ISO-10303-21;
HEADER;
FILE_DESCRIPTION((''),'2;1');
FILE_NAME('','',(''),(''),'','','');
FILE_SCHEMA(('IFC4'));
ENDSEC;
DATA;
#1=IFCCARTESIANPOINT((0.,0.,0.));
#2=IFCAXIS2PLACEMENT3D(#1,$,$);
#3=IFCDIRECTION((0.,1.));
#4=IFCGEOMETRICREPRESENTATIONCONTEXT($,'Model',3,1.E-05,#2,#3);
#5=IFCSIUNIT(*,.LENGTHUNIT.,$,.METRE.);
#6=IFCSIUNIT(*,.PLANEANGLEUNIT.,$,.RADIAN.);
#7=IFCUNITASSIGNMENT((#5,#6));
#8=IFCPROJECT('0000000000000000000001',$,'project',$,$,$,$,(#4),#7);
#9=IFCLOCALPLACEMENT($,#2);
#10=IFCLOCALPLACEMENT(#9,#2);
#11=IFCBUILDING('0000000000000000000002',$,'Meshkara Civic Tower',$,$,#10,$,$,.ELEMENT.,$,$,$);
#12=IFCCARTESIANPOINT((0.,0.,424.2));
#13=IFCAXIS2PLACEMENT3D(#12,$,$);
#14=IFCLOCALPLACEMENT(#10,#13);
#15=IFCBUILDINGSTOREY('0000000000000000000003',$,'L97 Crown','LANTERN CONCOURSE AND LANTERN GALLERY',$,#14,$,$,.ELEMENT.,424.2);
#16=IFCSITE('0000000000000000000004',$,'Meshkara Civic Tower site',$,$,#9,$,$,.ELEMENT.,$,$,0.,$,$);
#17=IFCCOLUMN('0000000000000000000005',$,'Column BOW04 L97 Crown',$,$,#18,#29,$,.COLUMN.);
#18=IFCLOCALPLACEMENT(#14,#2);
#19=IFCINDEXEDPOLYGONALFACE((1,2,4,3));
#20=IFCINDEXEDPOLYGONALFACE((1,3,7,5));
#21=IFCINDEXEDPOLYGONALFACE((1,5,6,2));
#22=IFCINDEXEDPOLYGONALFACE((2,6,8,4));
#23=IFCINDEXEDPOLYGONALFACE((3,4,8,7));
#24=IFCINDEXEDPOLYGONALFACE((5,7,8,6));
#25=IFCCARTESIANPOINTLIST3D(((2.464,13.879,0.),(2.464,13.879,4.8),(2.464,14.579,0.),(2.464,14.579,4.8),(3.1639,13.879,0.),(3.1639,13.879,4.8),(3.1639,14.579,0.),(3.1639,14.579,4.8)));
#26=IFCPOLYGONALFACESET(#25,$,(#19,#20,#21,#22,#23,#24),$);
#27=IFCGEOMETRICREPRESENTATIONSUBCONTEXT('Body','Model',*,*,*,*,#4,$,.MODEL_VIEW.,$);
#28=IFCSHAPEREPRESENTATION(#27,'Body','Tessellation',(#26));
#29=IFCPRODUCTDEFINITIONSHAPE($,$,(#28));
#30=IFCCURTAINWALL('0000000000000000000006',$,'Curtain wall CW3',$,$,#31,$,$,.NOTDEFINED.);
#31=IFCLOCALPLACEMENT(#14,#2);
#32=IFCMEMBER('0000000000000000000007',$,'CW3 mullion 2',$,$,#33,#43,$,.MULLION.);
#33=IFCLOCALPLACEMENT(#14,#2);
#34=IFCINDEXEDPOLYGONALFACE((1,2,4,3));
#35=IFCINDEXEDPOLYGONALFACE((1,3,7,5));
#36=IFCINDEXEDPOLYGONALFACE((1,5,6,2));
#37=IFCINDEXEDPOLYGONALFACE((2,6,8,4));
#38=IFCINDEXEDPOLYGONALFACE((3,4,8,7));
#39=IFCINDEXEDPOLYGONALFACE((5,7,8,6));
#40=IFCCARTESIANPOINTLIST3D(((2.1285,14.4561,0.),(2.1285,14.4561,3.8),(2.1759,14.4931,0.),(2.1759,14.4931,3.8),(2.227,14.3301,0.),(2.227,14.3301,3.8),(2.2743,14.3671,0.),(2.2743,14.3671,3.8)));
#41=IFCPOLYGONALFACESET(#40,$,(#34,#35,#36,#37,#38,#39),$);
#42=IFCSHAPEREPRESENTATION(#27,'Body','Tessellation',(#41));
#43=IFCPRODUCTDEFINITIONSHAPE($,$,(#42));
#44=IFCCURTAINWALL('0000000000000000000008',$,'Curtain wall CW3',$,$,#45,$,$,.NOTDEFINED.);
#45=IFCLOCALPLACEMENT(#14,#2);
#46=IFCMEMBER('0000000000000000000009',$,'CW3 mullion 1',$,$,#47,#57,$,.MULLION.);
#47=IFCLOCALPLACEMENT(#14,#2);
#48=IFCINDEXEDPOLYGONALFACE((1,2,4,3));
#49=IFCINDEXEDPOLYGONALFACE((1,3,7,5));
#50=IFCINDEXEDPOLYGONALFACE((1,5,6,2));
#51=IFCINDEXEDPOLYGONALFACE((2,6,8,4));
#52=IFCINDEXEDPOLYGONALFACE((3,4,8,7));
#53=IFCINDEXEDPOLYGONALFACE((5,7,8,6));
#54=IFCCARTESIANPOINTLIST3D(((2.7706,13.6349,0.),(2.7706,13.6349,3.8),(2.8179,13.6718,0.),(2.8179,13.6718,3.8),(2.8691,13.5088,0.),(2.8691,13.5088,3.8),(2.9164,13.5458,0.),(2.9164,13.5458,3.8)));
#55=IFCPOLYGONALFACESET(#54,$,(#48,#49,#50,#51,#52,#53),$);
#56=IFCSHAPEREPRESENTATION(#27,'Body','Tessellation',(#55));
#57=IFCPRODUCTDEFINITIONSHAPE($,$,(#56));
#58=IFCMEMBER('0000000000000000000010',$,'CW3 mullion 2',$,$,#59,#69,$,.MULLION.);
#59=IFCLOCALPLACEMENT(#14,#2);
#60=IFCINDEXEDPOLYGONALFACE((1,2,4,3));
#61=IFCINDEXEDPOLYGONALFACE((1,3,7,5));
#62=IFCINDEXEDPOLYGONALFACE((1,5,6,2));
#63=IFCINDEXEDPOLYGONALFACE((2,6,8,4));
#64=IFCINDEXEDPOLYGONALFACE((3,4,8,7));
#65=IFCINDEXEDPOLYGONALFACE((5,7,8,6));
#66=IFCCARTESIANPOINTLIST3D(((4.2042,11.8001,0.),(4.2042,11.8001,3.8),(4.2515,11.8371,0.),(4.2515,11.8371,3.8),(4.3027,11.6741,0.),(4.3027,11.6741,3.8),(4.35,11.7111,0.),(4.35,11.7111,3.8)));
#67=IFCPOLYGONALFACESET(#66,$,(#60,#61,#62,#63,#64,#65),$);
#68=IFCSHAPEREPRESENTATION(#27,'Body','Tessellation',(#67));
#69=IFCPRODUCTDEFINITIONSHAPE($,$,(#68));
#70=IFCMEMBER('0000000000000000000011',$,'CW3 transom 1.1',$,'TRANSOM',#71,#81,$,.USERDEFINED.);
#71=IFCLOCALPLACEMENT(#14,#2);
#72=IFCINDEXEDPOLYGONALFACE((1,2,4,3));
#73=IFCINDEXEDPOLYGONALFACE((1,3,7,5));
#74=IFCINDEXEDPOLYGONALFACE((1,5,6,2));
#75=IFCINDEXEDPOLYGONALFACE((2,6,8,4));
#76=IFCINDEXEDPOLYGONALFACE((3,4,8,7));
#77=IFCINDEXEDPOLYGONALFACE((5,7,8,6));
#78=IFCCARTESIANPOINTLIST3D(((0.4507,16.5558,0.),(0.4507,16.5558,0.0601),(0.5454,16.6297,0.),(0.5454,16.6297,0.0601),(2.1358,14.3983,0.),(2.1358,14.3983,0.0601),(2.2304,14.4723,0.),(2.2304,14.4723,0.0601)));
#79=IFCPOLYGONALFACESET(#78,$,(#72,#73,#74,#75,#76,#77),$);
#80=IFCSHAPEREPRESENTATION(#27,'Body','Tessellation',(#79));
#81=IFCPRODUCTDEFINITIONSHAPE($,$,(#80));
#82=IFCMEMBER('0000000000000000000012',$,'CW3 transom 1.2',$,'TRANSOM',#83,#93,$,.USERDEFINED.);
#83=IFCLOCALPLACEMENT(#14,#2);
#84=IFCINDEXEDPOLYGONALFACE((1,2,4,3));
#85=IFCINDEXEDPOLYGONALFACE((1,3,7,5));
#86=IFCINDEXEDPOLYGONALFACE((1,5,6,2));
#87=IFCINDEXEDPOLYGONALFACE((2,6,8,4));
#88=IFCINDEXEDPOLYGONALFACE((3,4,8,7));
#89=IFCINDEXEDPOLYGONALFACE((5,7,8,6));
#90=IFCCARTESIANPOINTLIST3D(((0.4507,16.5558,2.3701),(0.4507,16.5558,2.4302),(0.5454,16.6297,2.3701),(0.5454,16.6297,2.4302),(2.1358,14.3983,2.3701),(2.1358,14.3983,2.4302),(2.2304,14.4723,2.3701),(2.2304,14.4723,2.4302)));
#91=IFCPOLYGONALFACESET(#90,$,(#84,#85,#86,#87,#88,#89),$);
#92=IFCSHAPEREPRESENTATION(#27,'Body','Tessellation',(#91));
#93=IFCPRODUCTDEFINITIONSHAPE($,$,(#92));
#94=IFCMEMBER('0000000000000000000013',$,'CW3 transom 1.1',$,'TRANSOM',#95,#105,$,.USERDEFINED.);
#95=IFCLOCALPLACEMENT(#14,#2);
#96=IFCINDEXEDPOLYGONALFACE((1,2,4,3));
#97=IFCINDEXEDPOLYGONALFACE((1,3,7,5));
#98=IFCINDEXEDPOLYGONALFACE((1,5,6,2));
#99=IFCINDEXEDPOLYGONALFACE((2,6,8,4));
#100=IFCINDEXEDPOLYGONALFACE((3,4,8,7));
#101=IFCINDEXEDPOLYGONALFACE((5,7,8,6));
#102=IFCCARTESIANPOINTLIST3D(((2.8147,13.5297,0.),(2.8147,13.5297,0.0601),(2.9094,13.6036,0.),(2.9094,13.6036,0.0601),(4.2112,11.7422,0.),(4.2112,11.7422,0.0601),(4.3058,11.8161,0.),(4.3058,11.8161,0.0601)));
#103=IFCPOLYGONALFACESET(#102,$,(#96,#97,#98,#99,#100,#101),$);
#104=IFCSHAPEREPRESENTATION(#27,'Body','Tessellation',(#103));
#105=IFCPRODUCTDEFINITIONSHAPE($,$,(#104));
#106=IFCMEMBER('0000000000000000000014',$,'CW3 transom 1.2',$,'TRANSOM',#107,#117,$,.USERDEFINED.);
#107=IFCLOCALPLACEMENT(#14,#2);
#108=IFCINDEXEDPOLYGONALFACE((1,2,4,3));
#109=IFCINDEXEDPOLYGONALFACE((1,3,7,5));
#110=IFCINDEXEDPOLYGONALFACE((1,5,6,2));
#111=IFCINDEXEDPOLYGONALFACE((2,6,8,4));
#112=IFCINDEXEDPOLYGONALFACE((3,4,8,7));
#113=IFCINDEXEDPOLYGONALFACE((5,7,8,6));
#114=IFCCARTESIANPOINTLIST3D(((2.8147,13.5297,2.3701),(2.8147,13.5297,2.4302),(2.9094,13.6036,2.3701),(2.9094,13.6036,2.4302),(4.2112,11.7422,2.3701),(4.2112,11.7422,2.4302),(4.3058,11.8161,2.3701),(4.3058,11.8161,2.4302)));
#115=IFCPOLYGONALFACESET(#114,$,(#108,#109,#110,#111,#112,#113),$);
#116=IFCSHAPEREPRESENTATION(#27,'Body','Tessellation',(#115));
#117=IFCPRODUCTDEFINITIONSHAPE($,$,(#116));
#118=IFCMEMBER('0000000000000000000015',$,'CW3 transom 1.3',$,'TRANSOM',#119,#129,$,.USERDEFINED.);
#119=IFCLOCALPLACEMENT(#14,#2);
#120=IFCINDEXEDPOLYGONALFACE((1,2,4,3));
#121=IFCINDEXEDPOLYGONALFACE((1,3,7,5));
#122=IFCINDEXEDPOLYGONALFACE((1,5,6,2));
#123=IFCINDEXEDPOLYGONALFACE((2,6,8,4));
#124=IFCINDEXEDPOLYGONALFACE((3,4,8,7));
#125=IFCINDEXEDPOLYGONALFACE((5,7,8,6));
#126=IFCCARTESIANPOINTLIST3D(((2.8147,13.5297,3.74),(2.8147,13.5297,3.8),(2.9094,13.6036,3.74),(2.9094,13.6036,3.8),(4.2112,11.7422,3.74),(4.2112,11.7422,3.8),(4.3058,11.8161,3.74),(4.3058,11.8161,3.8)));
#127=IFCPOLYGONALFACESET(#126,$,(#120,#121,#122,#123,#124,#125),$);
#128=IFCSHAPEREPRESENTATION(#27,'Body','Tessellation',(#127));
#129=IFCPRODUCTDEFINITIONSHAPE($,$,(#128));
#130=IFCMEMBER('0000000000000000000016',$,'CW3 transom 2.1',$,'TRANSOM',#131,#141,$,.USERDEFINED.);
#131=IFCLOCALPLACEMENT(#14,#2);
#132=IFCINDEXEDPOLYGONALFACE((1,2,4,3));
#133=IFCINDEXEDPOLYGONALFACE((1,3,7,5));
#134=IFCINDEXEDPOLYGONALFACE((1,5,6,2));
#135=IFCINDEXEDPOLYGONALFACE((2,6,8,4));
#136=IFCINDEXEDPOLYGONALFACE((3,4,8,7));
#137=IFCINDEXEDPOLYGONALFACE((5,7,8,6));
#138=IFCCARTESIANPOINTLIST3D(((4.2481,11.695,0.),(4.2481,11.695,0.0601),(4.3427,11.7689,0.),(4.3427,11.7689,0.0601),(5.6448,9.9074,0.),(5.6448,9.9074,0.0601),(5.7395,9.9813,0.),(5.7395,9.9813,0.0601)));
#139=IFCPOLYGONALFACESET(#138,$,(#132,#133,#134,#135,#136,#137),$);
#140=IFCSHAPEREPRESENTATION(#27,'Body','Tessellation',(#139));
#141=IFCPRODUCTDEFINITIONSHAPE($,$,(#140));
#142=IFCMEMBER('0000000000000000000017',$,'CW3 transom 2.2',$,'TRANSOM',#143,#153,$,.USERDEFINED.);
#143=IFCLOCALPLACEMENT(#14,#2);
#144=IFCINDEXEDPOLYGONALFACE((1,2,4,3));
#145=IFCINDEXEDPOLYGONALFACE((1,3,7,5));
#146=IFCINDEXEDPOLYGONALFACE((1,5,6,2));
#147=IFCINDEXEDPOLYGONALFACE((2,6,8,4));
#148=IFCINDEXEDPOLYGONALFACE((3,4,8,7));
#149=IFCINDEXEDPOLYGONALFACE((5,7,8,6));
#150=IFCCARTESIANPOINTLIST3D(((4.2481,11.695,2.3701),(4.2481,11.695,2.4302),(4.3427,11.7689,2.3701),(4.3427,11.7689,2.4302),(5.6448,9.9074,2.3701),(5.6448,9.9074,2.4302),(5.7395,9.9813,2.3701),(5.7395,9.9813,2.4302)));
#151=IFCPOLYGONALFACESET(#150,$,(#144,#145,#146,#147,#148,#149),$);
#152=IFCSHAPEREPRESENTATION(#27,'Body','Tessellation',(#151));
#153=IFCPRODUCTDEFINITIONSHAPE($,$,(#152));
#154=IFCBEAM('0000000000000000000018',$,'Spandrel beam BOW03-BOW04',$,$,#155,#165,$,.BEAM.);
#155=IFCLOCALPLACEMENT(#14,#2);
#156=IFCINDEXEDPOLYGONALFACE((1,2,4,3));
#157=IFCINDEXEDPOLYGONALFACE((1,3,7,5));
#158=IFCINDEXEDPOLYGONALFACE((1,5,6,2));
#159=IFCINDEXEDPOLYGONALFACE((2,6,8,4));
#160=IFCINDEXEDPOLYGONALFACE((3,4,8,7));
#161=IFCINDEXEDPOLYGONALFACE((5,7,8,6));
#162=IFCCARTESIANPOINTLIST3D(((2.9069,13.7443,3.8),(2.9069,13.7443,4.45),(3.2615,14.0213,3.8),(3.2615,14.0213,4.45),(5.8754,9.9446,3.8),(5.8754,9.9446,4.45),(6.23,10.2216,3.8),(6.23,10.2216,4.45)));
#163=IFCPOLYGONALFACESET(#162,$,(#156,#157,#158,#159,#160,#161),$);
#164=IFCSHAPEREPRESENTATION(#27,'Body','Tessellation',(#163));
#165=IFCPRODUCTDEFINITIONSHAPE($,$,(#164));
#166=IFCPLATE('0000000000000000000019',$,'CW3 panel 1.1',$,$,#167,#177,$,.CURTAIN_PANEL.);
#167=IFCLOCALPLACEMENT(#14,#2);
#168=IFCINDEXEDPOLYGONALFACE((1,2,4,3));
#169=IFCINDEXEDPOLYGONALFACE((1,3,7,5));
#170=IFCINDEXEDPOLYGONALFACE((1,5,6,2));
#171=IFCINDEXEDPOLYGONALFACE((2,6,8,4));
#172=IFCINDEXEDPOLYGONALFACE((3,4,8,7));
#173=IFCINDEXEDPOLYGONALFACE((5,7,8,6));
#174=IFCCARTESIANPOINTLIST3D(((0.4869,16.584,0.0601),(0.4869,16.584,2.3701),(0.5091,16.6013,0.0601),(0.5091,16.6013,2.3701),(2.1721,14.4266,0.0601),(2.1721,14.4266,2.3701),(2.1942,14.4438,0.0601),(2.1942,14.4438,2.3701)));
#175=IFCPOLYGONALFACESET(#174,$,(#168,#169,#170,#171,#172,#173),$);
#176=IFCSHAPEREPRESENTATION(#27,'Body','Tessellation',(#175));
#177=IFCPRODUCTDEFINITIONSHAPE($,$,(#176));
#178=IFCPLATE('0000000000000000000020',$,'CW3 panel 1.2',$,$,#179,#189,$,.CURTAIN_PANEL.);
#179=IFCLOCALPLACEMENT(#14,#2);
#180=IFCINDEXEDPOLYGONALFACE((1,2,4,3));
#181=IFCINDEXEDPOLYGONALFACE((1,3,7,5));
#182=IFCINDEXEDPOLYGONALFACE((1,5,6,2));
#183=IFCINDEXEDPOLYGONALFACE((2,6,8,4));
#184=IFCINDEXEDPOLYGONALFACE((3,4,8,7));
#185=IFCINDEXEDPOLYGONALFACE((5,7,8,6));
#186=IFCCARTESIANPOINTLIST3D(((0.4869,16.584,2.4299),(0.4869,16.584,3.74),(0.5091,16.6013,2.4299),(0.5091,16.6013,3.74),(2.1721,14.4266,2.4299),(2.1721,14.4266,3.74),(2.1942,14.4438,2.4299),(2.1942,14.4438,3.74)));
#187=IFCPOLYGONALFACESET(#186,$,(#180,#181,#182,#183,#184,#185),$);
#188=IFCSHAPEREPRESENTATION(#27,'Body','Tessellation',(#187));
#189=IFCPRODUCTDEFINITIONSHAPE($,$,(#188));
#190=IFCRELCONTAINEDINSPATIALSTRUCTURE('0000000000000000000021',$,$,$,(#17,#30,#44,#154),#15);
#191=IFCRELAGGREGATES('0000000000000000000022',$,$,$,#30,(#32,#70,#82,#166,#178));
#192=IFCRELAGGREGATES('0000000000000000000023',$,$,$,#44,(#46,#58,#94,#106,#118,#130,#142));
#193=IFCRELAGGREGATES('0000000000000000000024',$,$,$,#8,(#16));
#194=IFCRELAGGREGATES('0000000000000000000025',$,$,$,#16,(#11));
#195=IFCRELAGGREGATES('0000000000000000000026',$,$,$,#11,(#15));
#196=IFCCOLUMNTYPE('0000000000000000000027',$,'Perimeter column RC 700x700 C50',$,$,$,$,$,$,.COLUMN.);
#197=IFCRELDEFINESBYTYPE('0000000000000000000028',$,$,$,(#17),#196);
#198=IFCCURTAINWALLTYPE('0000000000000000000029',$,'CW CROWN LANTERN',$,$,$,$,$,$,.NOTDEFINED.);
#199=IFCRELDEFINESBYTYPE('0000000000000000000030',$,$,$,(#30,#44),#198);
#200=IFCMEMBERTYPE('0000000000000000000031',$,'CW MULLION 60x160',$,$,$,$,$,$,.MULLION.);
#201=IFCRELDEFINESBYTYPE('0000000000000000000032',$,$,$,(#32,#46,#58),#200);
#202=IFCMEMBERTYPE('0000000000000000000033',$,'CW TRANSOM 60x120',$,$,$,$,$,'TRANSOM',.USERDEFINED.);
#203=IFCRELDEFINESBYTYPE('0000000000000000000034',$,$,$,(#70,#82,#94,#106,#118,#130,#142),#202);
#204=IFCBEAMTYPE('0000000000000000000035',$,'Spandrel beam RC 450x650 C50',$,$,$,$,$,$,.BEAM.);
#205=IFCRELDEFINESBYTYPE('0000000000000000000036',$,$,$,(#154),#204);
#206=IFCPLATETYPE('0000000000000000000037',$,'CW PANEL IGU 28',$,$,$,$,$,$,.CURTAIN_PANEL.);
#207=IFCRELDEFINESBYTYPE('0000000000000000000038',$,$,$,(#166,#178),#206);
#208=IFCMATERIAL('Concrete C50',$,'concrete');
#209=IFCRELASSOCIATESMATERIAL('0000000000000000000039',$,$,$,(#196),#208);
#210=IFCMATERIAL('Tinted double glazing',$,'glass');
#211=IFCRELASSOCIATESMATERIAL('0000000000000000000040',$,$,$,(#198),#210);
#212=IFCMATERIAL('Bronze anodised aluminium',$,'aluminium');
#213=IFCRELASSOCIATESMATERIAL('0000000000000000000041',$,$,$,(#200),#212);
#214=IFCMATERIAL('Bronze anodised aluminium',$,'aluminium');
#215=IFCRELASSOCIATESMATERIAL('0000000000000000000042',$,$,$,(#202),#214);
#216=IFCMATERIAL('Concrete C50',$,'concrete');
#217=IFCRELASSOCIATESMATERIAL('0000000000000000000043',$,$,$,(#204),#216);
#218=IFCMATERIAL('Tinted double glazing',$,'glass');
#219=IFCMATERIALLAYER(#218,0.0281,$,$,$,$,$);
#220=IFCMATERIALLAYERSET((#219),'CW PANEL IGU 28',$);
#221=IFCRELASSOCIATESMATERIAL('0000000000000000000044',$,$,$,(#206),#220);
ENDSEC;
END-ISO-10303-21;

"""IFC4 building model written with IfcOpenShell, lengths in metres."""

from ifc_helpers import new_model, si_unit, direction, frame, origin, origin_2d, place, context, subcontext, project, spatial, rectangle, extrude, material, layer, layer_set, material_profile, profile_set, type_object, element, aggregate, save


model = new_model("IFC4")

# Units and contexts
model_context = context("Model", 3, precision=1e-05, world=origin(), true_north=direction((0.0, 1.0)))
body_context = subcontext(model_context, "Body", "Model", "MODEL_VIEW")
ifc_project = project(units=[si_unit("LENGTHUNIT", "METRE"), si_unit("PLANEANGLEUNIT", "RADIAN")], contexts=[model_context])

# Site, building, storey
site_placement = place(None, origin())
site = spatial("IfcSite", under=ifc_project, at=site_placement, Name="Meshkara Civic Tower site", CompositionType="ELEMENT", RefElevation=0.0)
building_placement = place(site_placement, origin())
building = spatial("IfcBuilding", under=site, at=building_placement, Name="Meshkara Civic Tower", CompositionType="ELEMENT")
storey_placement = place(building_placement, frame((0.0, 0.0, 424.2)))
storey = spatial("IfcBuildingStorey", under=building, at=storey_placement, Name="L97 Crown", Description="LANTERN CONCOURSE AND LANTERN GALLERY", CompositionType="ELEMENT", Elevation=424.2)

# Column
ifc_material_1 = material(Name="Concrete C50", Category="concrete")
ifc_material_profile_1 = material_profile(ifc_material_1, rectangle(XDim=0.7, YDim=0.7, at=origin_2d()))
ifc_profile_set_1 = profile_set([ifc_material_profile_1], Name="Concrete C50")
column_type = type_object("IfcColumnType", Name="Perimeter column RC 700x700 C50", PredefinedType="COLUMN", material=ifc_profile_set_1)
column_placement = place(storey_placement, frame((2.814, 14.229, 0.0), z_axis=(0.0, 0.0, 1.0), x_axis=(1.0, 0.0, 0.0)))
element("IfcColumn", 1, at=column_placement, inside=storey, type_object=column_type, Name="Column BOW04 L97 Crown", PredefinedType="COLUMN", context=body_context, shape_type="SweptSolid", body=[
    extrude(rectangle(XDim=0.7, YDim=0.7, at=origin_2d()), origin(), (0.0, 0.0, 1.0), 4.8),
])

# Curtain wall, member
ifc_material_2 = material(Name="Tinted double glazing", Category="glass")
curtain_wall_type = type_object("IfcCurtainWallType", Name="CW CROWN LANTERN", PredefinedType="NOTDEFINED", material=ifc_material_2)
curtain_wall_1_placement = place(storey_placement, origin())
curtain_wall_1 = element("IfcCurtainWall", 2, at=curtain_wall_1_placement, inside=storey, type_object=curtain_wall_type, Name="Curtain wall CW3", PredefinedType="NOTDEFINED")
ifc_material_3 = material(Name="Bronze anodised aluminium", Category="aluminium")
ifc_material_profile_2 = material_profile(ifc_material_3, rectangle(XDim=0.0601, YDim=0.1599, at=origin_2d()))
ifc_profile_set_2 = profile_set([ifc_material_profile_2], Name="Bronze anodised aluminium")
member_type_1 = type_object("IfcMemberType", Name="CW MULLION 60x160", PredefinedType="MULLION", material=ifc_profile_set_2)
member_1_placement = place(storey_placement, frame((2.2014, 14.4116, 0.0), z_axis=(0.0, 0.0, 1.0), x_axis=(0.788088, 0.615563, 0.0)))
member_1 = element("IfcMember", 3, at=member_1_placement, type_object=member_type_1, Name="CW3 mullion 2", PredefinedType="MULLION", context=body_context, shape_type="SweptSolid", body=[
    extrude(rectangle(XDim=0.0601, YDim=0.1599, at=origin_2d()), origin(), (0.0, 0.0, 1.0), 3.8),
])

# Curtain wall, members
curtain_wall_2_placement = place(storey_placement, origin())
curtain_wall_2 = element("IfcCurtainWall", 4, at=curtain_wall_2_placement, inside=storey, type_object=curtain_wall_type, Name="Curtain wall CW3", PredefinedType="NOTDEFINED")
member_2_placement = place(storey_placement, frame((2.8435, 13.5903, 0.0), z_axis=(0.0, 0.0, 1.0), x_axis=(0.788015, 0.615656, 0.0)))
member_2 = element("IfcMember", 5, at=member_2_placement, type_object=member_type_1, Name="CW3 mullion 1", PredefinedType="MULLION", context=body_context, shape_type="SweptSolid", body=[
    extrude(rectangle(XDim=0.0601, YDim=0.1599, at=origin_2d()), origin(), (0.0, 0.0, 1.0), 3.8),
])
member_3_placement = place(storey_placement, frame((4.2771, 11.7556, 0.0), z_axis=(0.0, 0.0, 1.0), x_axis=(0.788015, 0.615656, 0.0)))
member_3 = element("IfcMember", 6, at=member_3_placement, type_object=member_type_1, Name="CW3 mullion 2", PredefinedType="MULLION", context=body_context, shape_type="SweptSolid", body=[
    extrude(rectangle(XDim=0.0601, YDim=0.1599, at=origin_2d()), origin(), (0.0, 0.0, 1.0), 3.8),
])

# Members
ifc_material_4 = material(Name="Bronze anodised aluminium", Category="aluminium")
ifc_material_profile_3 = material_profile(ifc_material_4, rectangle(XDim=0.1201, YDim=0.0601, at=origin_2d()))
ifc_profile_set_3 = profile_set([ifc_material_profile_3], Name="Bronze anodised aluminium")
member_type_2 = type_object("IfcMemberType", Name="CW TRANSOM 60x120", ElementType="TRANSOM", PredefinedType="USERDEFINED", material=ifc_profile_set_3)
member_4_placement = place(storey_placement, frame((0.498, 16.5928, 0.03), z_axis=(0.615538, -0.788107, 0.0), x_axis=(0.788107, 0.615538, 0.0)))
member_4 = element("IfcMember", 7, at=member_4_placement, type_object=member_type_2, Name="CW3 transom 1.1", ObjectType="TRANSOM", PredefinedType="USERDEFINED", context=body_context, shape_type="SweptSolid", body=[
    extrude(rectangle(XDim=0.1201, YDim=0.0601, at=origin_2d()), origin(), (0.0, 0.0, 1.0), 2.7375),
])
member_5_placement = place(storey_placement, frame((0.498, 16.5928, 2.4001), z_axis=(0.615538, -0.788107, 0.0), x_axis=(0.788107, 0.615538, 0.0)))
member_5 = element("IfcMember", 8, at=member_5_placement, type_object=member_type_2, Name="CW3 transom 1.2", ObjectType="TRANSOM", PredefinedType="USERDEFINED", context=body_context, shape_type="SweptSolid", body=[
    extrude(rectangle(XDim=0.1201, YDim=0.0601, at=origin_2d()), origin(), (0.0, 0.0, 1.0), 2.7375),
])
member_6_placement = place(storey_placement, frame((2.8621, 13.5667, 0.03), z_axis=(0.615623, -0.788041, 0.0), x_axis=(0.788041, 0.615623, 0.0)))
member_6 = element("IfcMember", 9, at=member_6_placement, type_object=member_type_2, Name="CW3 transom 1.1", ObjectType="TRANSOM", PredefinedType="USERDEFINED", context=body_context, shape_type="SweptSolid", body=[
    extrude(rectangle(XDim=0.1201, YDim=0.0601, at=origin_2d()), origin(), (0.0, 0.0, 1.0), 2.2683),
])
member_7_placement = place(storey_placement, frame((2.8621, 13.5667, 2.4001), z_axis=(0.615623, -0.788041, 0.0), x_axis=(0.788041, 0.615623, 0.0)))
member_7 = element("IfcMember", 10, at=member_7_placement, type_object=member_type_2, Name="CW3 transom 1.2", ObjectType="TRANSOM", PredefinedType="USERDEFINED", context=body_context, shape_type="SweptSolid", body=[
    extrude(rectangle(XDim=0.1201, YDim=0.0601, at=origin_2d()), origin(), (0.0, 0.0, 1.0), 2.2683),
])
member_8_placement = place(storey_placement, frame((2.8621, 13.5667, 3.77), z_axis=(0.615623, -0.788041, 0.0), x_axis=(0.788041, 0.615623, 0.0)))
member_8 = element("IfcMember", 11, at=member_8_placement, type_object=member_type_2, Name="CW3 transom 1.3", ObjectType="TRANSOM", PredefinedType="USERDEFINED", context=body_context, shape_type="SweptSolid", body=[
    extrude(rectangle(XDim=0.1201, YDim=0.0601, at=origin_2d()), origin(), (0.0, 0.0, 1.0), 2.2683),
])
member_9_placement = place(storey_placement, frame((4.2954, 11.7319, 0.03), z_axis=(0.61569, -0.787988, 0.0), x_axis=(0.787988, 0.61569, 0.0)))
member_9 = element("IfcMember", 12, at=member_9_placement, type_object=member_type_2, Name="CW3 transom 2.1", ObjectType="TRANSOM", PredefinedType="USERDEFINED", context=body_context, shape_type="SweptSolid", body=[
    extrude(rectangle(XDim=0.1201, YDim=0.0601, at=origin_2d()), origin(), (0.0, 0.0, 1.0), 2.2686),
])
member_10_placement = place(storey_placement, frame((4.2954, 11.7319, 2.4001), z_axis=(0.61569, -0.787988, 0.0), x_axis=(0.787988, 0.61569, 0.0)))
member_10 = element("IfcMember", 13, at=member_10_placement, type_object=member_type_2, Name="CW3 transom 2.2", ObjectType="TRANSOM", PredefinedType="USERDEFINED", context=body_context, shape_type="SweptSolid", body=[
    extrude(rectangle(XDim=0.1201, YDim=0.0601, at=origin_2d()), origin(), (0.0, 0.0, 1.0), 2.2686),
])

# Beam
ifc_material_5 = material(Name="Concrete C50", Category="concrete")
ifc_material_profile_4 = material_profile(ifc_material_5, rectangle(XDim=0.45, YDim=0.6499, at=origin_2d()))
ifc_profile_set_4 = profile_set([ifc_material_profile_4], Name="Concrete C50")
beam_type = type_object("IfcBeamType", Name="Spandrel beam RC 450x650 C50", PredefinedType="BEAM", material=ifc_profile_set_4)
beam_placement = place(storey_placement, frame((3.0842, 13.8828, 4.125), z_axis=(0.615632, -0.788034, 0.0), x_axis=(0.788034, 0.615632, 0.0)))
element("IfcBeam", 14, at=beam_placement, inside=storey, type_object=beam_type, Name="Spandrel beam BOW03-BOW04", PredefinedType="BEAM", context=body_context, shape_type="SweptSolid", body=[
    extrude(rectangle(XDim=0.45, YDim=0.6499, at=origin_2d()), origin(), (0.0, 0.0, 1.0), 4.8218),
])

# Plates
ifc_material_6 = material(Name="Tinted double glazing", Category="glass")
ifc_layer_1 = layer(ifc_material_6, 0.0281)
ifc_layer_set_1 = layer_set([ifc_layer_1], Name="CW PANEL IGU 28")
plate_type = type_object("IfcPlateType", Name="CW PANEL IGU 28", PredefinedType="CURTAIN_PANEL", material=ifc_layer_set_1)
plate_1_placement = place(storey_placement, frame((1.3406, 15.5139, 0.0601), z_axis=(0.0, 0.0, 1.0), x_axis=(0.615563, -0.788088, 0.0)))
plate_1 = element("IfcPlate", 15, at=plate_1_placement, type_object=plate_type, Name="CW3 panel 1.1", PredefinedType="CURTAIN_PANEL", context=body_context, shape_type="SweptSolid", body=[
    extrude(rectangle(XDim=2.7375, YDim=0.0281, at=origin_2d()), origin(), (0.0, 0.0, 1.0), 2.3101),
])
plate_2_placement = place(storey_placement, frame((1.3406, 15.5139, 2.4299), z_axis=(0.0, 0.0, 1.0), x_axis=(0.615563, -0.788088, 0.0)))
plate_2 = element("IfcPlate", 16, at=plate_2_placement, type_object=plate_type, Name="CW3 panel 1.2", PredefinedType="CURTAIN_PANEL", context=body_context, shape_type="SweptSolid", body=[
    extrude(rectangle(XDim=2.7375, YDim=0.0281, at=origin_2d()), origin(), (0.0, 0.0, 1.0), 1.3101),
])
aggregate(curtain_wall_1, [member_1, member_4, member_5, plate_1, plate_2])
aggregate(curtain_wall_2, [member_2, member_3, member_6, member_7, member_8, member_9, member_10])

save(model, "model.ifc")
